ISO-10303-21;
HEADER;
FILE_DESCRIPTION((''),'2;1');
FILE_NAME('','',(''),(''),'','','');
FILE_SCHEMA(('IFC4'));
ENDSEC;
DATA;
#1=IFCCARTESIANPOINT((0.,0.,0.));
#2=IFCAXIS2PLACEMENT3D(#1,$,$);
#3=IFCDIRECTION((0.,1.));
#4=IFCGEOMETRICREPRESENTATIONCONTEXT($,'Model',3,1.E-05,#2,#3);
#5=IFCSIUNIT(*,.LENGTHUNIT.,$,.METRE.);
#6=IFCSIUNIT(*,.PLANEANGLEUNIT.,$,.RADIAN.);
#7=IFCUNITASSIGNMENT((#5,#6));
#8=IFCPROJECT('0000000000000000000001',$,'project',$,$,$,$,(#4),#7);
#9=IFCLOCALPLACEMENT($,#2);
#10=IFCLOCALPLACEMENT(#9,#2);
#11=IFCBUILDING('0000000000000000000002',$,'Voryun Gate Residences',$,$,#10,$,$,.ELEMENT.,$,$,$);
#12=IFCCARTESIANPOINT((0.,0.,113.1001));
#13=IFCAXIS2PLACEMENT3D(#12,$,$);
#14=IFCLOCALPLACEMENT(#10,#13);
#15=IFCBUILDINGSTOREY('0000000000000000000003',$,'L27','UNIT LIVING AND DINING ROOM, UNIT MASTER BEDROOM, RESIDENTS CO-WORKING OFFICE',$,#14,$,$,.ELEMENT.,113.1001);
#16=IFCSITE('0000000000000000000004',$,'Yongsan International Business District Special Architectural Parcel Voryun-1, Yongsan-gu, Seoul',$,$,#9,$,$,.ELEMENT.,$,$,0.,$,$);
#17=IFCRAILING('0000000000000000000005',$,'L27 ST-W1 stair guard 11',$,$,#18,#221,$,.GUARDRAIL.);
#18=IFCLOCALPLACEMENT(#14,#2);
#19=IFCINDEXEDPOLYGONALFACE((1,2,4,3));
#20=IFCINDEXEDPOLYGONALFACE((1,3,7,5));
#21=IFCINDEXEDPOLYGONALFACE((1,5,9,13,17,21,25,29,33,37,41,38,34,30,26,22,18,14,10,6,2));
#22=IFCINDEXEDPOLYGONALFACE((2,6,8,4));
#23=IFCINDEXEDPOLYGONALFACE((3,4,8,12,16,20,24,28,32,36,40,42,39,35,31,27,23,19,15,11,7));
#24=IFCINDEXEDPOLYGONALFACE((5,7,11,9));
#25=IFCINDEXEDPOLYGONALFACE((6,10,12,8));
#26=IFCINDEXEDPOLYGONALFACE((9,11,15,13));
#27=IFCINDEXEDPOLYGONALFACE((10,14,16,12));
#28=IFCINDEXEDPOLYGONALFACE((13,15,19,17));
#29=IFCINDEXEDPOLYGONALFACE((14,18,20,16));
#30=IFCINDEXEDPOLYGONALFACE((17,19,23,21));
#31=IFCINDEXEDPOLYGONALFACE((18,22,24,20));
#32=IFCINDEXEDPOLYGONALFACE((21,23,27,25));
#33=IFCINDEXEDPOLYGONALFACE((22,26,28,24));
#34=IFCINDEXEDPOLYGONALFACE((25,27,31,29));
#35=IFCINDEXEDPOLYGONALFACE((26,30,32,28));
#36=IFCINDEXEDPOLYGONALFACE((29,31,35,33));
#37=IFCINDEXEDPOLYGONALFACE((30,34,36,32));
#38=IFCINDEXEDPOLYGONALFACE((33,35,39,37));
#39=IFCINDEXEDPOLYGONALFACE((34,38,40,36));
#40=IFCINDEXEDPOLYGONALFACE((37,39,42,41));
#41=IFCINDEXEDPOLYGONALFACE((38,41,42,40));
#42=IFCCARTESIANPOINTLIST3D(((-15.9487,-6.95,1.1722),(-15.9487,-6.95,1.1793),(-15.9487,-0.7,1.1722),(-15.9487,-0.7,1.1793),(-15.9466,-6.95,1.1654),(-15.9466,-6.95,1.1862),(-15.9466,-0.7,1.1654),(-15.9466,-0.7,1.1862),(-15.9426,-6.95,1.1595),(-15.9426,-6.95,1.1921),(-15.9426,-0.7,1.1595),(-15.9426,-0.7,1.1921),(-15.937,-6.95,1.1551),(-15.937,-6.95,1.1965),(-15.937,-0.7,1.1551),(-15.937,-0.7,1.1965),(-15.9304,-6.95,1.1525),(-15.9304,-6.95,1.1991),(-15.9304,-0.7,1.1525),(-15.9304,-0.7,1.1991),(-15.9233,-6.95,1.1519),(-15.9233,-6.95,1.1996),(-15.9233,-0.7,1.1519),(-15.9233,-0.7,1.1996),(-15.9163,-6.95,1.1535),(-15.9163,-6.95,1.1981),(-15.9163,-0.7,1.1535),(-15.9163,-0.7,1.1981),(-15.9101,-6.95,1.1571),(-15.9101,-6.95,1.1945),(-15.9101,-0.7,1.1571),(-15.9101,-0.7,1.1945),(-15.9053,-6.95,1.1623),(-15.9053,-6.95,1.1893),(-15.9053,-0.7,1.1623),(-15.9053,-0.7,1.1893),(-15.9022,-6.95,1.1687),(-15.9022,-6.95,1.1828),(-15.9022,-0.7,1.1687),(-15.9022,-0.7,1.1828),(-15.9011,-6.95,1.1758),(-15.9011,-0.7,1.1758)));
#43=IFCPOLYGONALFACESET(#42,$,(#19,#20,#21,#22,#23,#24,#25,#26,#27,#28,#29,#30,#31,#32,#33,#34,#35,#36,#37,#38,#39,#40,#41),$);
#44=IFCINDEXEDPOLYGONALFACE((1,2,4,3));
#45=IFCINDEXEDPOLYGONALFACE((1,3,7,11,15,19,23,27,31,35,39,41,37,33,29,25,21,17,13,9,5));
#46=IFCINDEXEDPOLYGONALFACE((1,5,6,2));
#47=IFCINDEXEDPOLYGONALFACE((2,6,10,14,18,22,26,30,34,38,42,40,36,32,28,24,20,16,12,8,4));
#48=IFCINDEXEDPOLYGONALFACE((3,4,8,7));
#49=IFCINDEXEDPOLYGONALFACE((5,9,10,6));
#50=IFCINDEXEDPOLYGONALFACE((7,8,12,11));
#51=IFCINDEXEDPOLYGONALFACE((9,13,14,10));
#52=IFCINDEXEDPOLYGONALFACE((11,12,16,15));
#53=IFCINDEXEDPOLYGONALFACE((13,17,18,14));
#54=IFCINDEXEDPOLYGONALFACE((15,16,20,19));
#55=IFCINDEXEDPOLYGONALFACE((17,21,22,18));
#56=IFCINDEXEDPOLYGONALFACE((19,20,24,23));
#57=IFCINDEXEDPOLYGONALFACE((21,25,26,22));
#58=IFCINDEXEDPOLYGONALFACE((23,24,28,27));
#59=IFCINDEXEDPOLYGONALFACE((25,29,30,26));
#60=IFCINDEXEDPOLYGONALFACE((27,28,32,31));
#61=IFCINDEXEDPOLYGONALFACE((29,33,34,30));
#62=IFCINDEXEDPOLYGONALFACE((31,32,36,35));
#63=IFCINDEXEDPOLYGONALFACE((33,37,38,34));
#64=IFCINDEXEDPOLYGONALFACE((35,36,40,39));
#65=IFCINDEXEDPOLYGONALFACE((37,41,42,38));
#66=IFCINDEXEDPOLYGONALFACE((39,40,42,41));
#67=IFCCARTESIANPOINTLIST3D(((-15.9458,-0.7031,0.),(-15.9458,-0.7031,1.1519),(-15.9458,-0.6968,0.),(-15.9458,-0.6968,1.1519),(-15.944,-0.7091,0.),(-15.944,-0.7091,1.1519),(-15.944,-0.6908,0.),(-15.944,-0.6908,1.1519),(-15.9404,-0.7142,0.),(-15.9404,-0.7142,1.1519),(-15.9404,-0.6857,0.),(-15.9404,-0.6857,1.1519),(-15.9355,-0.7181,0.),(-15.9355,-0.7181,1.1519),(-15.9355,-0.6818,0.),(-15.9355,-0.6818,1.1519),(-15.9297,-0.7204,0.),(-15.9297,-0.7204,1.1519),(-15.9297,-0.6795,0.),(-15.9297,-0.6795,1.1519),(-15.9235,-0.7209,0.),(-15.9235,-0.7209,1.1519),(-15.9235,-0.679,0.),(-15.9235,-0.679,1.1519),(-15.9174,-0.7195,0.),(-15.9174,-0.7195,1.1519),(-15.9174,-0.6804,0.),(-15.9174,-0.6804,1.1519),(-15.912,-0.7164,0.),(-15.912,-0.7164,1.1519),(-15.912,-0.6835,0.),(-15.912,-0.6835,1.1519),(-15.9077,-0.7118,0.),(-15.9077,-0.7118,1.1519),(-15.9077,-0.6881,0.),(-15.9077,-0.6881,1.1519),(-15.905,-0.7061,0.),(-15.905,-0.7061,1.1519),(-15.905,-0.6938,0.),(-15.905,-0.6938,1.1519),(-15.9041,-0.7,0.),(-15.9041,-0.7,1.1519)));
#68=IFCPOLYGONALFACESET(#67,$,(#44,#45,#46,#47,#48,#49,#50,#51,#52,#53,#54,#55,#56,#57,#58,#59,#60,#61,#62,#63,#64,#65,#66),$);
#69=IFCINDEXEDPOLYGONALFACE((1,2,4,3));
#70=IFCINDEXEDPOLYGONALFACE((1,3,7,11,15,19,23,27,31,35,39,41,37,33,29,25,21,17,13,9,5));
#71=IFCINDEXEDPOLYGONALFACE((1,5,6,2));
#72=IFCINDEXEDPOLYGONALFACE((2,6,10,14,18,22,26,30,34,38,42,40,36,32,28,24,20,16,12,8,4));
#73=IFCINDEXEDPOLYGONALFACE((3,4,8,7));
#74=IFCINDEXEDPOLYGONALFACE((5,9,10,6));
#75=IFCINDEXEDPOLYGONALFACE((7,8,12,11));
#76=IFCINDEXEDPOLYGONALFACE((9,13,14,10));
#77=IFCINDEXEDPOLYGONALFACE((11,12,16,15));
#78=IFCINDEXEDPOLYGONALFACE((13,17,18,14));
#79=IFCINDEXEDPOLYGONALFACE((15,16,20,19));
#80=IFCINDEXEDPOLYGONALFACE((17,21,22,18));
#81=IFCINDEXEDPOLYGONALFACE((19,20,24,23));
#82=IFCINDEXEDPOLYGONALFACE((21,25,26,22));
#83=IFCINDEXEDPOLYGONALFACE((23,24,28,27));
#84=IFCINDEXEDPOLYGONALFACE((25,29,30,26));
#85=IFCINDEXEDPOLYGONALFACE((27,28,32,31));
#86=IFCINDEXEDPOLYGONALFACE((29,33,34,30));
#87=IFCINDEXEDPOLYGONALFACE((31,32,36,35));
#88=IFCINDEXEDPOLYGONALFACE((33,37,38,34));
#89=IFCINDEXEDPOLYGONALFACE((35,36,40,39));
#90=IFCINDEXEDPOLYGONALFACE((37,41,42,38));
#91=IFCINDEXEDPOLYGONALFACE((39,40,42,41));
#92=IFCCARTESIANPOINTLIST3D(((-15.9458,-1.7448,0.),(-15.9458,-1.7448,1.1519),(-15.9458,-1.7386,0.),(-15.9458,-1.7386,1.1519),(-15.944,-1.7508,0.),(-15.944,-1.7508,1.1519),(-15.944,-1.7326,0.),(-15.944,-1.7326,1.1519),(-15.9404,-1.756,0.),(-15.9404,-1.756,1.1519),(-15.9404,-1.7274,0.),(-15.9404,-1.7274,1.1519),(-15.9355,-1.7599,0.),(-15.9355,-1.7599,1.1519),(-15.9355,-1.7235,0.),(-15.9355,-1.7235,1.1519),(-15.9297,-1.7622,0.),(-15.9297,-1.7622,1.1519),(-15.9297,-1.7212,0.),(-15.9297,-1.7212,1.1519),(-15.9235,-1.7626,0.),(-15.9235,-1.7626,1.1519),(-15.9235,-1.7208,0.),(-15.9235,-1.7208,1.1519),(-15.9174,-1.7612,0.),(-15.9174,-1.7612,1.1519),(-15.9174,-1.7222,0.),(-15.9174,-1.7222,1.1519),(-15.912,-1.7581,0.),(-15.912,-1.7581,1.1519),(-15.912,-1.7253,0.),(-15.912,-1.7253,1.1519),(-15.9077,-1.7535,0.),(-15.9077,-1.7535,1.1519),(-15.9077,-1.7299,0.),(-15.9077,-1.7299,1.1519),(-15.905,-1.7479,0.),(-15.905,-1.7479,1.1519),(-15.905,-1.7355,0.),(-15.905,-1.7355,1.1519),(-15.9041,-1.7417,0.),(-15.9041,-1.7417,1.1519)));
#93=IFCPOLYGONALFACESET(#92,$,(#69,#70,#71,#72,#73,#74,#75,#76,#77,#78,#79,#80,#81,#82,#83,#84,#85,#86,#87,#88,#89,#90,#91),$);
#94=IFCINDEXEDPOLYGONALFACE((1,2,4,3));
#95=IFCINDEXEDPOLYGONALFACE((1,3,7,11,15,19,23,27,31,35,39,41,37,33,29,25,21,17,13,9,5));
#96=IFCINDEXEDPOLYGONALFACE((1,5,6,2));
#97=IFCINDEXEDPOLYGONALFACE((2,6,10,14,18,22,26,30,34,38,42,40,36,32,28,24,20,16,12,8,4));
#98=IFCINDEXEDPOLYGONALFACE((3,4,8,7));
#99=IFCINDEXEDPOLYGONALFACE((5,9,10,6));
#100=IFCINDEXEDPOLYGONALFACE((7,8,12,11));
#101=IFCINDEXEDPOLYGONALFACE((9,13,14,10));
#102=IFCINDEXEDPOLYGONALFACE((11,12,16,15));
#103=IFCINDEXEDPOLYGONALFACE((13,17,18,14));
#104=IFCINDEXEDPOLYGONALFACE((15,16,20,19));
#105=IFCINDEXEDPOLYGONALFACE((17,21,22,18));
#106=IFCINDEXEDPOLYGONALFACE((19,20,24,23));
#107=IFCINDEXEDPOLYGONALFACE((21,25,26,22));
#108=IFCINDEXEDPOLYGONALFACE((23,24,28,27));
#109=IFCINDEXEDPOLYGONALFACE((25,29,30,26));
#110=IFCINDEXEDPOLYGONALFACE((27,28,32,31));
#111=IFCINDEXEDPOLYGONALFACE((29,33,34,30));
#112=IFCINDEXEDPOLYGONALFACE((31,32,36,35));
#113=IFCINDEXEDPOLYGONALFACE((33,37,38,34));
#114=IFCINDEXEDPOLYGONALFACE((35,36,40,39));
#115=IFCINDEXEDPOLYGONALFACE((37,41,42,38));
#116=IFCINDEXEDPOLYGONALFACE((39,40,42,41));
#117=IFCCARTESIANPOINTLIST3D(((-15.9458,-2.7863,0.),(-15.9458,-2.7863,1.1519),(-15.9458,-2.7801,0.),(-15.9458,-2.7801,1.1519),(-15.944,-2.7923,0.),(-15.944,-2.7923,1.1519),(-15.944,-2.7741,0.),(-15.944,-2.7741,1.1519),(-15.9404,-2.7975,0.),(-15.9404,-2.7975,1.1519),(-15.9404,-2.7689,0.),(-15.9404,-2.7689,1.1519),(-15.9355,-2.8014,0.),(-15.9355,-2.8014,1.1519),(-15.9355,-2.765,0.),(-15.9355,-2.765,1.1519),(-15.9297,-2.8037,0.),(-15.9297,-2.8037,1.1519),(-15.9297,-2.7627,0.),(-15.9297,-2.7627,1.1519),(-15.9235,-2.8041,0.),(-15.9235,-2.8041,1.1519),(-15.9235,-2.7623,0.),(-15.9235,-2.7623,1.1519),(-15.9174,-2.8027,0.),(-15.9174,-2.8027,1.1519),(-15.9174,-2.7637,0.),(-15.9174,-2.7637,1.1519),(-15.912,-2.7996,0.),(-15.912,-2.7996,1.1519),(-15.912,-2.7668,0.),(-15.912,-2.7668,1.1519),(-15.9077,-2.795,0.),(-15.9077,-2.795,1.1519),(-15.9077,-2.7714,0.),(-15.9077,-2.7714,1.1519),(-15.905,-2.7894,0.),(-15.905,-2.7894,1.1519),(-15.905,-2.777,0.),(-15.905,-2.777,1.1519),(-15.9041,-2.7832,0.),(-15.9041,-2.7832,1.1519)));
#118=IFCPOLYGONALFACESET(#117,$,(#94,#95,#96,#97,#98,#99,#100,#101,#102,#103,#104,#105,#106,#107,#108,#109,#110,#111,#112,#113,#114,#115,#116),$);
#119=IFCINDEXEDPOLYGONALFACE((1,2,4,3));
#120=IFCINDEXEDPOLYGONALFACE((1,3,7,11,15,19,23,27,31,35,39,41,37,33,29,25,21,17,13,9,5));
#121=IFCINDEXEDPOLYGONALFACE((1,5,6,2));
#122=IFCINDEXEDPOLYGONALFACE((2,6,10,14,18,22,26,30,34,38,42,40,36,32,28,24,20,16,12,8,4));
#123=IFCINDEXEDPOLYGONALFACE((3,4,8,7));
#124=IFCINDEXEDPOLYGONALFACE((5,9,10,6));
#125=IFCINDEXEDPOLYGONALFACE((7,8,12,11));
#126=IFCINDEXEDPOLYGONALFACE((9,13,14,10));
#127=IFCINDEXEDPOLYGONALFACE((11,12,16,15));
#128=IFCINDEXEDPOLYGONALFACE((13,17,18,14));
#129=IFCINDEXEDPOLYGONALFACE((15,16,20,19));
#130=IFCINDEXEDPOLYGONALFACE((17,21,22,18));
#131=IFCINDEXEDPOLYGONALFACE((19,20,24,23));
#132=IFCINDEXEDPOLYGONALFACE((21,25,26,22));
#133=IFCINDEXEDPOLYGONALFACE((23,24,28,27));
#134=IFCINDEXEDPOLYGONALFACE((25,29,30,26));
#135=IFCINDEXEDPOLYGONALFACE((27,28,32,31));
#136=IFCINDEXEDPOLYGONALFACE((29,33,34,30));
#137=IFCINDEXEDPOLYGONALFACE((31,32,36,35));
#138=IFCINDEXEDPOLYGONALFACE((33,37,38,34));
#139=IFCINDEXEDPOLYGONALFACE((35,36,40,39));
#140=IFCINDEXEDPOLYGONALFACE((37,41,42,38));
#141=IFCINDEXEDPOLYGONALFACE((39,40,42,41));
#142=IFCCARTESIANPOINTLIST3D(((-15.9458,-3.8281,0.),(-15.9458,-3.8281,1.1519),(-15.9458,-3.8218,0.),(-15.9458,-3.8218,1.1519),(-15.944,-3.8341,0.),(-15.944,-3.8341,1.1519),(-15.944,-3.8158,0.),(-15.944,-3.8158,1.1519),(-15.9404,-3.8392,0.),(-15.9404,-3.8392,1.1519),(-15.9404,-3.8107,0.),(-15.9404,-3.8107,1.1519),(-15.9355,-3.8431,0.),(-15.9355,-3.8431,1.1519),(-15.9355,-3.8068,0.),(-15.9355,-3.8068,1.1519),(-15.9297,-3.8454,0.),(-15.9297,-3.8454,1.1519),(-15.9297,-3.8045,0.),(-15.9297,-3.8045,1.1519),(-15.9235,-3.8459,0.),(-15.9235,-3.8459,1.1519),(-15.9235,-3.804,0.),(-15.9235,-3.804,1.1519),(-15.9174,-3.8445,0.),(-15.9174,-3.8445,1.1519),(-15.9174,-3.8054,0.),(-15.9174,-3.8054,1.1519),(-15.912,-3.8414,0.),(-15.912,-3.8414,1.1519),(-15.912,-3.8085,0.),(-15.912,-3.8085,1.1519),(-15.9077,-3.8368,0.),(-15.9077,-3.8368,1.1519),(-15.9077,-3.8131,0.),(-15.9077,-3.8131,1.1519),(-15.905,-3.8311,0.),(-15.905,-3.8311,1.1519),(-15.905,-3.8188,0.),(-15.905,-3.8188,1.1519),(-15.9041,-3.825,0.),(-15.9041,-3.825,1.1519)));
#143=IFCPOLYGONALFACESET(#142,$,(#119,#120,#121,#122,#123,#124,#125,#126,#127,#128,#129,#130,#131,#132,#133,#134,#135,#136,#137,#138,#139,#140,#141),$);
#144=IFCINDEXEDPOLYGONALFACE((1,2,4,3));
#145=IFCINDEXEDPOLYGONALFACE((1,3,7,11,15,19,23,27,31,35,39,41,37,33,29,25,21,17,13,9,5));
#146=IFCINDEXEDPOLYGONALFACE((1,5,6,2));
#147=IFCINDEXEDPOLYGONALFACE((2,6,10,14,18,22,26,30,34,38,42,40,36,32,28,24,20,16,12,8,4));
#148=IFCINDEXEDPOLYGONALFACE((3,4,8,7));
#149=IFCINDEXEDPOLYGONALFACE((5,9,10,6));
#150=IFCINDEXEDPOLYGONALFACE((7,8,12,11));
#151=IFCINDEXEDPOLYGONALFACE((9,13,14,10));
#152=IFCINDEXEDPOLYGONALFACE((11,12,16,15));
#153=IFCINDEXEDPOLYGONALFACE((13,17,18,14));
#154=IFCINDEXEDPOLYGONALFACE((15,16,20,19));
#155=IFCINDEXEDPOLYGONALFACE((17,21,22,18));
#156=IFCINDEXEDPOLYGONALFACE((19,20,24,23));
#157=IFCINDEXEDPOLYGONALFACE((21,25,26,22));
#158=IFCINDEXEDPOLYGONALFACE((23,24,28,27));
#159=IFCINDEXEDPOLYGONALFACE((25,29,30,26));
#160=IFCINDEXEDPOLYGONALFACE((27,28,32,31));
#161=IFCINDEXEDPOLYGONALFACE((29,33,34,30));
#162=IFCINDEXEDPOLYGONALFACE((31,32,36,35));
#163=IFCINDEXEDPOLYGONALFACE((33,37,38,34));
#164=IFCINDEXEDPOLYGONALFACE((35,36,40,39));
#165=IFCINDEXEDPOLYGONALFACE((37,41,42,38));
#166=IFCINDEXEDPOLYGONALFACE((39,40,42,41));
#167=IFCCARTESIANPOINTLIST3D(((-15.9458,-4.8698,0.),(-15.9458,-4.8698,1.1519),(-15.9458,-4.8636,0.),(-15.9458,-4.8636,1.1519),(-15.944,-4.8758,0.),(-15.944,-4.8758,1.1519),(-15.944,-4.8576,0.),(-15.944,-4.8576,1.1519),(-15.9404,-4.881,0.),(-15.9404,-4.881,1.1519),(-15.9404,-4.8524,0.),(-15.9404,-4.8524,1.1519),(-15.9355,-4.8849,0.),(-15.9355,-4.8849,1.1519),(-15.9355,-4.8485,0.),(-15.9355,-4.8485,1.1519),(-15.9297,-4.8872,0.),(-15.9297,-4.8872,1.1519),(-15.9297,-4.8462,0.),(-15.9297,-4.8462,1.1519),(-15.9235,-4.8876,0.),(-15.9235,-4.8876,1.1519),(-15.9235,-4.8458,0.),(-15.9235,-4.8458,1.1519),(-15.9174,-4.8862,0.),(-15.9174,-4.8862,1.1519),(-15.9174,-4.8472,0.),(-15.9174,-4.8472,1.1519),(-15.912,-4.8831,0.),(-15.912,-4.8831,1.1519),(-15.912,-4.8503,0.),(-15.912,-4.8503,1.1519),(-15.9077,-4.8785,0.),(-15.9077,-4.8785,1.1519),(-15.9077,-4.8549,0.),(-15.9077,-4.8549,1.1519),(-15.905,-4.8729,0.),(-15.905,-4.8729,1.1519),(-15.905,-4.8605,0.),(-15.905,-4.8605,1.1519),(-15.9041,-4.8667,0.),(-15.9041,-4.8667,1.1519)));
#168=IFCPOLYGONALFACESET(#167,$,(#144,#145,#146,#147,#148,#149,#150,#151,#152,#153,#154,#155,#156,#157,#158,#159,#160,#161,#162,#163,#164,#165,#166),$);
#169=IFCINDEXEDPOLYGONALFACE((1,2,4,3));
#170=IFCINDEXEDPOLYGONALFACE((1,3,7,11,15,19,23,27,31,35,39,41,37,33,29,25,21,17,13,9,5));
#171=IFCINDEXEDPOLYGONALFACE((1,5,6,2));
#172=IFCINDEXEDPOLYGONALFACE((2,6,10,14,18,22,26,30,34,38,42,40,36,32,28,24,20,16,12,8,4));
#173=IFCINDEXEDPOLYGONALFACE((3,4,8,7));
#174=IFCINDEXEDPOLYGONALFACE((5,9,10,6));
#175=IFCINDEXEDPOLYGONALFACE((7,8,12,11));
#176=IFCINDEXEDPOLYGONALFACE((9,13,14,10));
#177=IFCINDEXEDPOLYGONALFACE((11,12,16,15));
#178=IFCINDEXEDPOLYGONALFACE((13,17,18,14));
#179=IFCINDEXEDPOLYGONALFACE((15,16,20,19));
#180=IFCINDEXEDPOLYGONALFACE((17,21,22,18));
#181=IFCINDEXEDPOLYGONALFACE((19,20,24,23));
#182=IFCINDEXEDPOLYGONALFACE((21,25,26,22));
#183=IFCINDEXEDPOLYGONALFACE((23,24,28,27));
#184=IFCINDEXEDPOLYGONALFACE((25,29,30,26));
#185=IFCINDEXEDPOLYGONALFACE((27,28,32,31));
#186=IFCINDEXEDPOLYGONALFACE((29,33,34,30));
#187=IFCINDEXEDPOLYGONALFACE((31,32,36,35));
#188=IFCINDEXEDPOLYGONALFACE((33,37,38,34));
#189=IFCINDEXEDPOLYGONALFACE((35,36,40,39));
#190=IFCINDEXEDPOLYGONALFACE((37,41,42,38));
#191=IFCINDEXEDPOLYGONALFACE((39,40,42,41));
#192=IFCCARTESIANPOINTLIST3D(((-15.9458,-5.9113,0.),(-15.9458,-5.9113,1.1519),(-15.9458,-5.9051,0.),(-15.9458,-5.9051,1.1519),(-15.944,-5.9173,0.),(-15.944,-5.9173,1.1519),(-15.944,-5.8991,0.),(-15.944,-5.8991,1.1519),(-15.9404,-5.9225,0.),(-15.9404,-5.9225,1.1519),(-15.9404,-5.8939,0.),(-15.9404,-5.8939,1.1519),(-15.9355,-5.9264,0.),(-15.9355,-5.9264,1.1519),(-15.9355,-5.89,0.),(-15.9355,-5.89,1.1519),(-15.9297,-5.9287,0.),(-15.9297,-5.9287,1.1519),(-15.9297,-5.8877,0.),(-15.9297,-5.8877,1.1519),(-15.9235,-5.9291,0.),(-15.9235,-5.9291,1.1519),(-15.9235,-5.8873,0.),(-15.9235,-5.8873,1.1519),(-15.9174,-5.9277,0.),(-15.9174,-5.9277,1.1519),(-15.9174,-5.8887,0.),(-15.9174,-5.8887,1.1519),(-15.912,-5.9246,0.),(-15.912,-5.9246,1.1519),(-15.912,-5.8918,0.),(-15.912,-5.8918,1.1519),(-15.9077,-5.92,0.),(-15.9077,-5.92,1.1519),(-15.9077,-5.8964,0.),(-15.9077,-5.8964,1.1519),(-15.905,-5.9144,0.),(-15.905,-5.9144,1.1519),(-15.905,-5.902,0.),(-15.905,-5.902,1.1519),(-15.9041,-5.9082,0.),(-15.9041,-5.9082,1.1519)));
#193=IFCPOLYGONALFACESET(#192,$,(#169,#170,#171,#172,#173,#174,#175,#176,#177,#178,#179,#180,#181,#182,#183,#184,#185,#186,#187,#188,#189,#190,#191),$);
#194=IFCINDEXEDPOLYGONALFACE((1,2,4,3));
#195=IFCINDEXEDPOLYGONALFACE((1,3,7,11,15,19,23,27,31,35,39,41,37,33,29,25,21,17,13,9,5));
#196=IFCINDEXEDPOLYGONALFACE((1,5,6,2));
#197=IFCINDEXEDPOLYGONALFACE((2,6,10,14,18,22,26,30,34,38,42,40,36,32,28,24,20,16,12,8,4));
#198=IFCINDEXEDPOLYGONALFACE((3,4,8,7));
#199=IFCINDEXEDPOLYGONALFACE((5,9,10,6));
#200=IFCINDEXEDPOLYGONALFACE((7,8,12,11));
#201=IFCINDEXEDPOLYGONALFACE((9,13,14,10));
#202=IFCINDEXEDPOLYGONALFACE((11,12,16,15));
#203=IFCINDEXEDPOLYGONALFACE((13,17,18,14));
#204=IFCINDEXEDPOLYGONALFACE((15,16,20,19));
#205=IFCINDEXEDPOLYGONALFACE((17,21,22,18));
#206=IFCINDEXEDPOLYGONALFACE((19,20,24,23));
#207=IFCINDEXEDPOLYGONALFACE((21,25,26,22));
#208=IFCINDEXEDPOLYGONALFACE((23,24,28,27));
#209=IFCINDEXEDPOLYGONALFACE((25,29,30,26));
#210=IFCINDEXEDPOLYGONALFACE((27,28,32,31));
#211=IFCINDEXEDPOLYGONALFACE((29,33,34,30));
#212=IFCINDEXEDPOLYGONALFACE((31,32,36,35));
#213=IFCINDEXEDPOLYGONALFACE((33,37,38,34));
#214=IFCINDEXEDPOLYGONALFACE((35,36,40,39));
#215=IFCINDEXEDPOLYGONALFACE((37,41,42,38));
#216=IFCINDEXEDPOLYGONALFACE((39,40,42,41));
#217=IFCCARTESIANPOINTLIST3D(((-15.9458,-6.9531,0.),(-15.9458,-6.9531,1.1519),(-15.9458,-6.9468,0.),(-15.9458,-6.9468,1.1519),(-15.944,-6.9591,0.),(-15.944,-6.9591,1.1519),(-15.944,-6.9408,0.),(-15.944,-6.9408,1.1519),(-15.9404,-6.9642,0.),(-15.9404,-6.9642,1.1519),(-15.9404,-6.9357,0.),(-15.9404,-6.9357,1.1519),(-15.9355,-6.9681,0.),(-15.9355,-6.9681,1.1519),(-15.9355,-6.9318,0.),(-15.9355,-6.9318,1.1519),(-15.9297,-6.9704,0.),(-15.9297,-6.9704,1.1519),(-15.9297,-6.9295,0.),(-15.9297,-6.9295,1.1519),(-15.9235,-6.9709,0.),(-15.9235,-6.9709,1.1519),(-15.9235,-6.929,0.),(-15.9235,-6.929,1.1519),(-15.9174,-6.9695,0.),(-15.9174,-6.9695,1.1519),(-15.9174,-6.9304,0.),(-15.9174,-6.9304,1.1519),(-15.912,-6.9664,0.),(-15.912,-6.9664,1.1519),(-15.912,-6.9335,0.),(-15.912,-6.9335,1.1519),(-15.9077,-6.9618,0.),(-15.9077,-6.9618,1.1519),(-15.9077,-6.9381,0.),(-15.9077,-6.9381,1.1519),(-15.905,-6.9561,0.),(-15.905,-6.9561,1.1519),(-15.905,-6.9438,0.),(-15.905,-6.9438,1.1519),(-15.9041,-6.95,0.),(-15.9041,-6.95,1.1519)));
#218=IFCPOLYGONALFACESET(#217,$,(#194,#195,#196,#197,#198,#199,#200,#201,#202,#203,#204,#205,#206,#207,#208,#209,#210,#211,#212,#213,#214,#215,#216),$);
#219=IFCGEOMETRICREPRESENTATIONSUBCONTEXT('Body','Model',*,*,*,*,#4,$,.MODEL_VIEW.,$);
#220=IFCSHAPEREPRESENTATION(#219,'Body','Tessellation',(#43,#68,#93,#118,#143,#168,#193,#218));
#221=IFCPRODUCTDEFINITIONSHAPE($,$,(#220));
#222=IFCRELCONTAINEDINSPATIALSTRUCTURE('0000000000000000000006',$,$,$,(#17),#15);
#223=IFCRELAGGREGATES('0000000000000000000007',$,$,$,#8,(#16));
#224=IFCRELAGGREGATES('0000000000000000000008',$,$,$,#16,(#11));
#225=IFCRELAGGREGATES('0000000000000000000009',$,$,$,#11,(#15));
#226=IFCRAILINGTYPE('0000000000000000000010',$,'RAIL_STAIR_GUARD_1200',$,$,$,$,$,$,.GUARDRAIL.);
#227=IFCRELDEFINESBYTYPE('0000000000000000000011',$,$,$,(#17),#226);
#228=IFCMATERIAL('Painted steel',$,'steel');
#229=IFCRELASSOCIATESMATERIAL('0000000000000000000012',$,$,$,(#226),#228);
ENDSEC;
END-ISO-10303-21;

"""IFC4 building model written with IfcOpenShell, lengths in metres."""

from ifc_helpers import new_model, si_unit, direction, frame, origin, origin_2d, place, context, subcontext, project, spatial, circle, extrude, material, type_object, element, save


model = new_model("IFC4")

# Units and contexts
model_context = context("Model", 3, precision=1e-05, world=origin(), true_north=direction((0.0, 1.0)))
body_context = subcontext(model_context, "Body", "Model", "MODEL_VIEW")
ifc_project = project(units=[si_unit("LENGTHUNIT", "METRE"), si_unit("PLANEANGLEUNIT", "RADIAN")], contexts=[model_context])

# Site, building, storey
site_placement = place(None, origin())
site = spatial("IfcSite", under=ifc_project, at=site_placement, Name="Yongsan International Business District Special Architectural Parcel Voryun-1, Yongsan-gu, Seoul", CompositionType="ELEMENT", RefElevation=0.0)
building_placement = place(site_placement, origin())
building = spatial("IfcBuilding", under=site, at=building_placement, Name="Voryun Gate Residences", CompositionType="ELEMENT")
storey_placement = place(building_placement, frame((0.0, 0.0, 113.1001)))
storey = spatial("IfcBuildingStorey", under=building, at=storey_placement, Name="L27", Description="UNIT LIVING AND DINING ROOM, UNIT MASTER BEDROOM, RESIDENTS CO-WORKING OFFICE", CompositionType="ELEMENT", Elevation=113.1001)

# Railing
ifc_material_1 = material(Name="Painted steel", Category="steel")
railing_type = type_object("IfcRailingType", Name="RAIL_STAIR_GUARD_1200", PredefinedType="GUARDRAIL", material=ifc_material_1)
railing_1_placement = place(storey_placement, frame((-15.925, -0.7, 0.0)))
element("IfcRailing", 1, at=railing_1_placement, inside=storey, type_object=railing_type, Name="L27 ST-W1 stair guard 11", PredefinedType="GUARDRAIL", context=body_context, shape_type="SweptSolid", body=[
    extrude(circle(Radius=0.0239, at=origin_2d()), frame((0.0, 0.0, 1.1758), z_axis=(0.0, -1.0, 0.0), x_axis=(1.0, 0.0, 0.0)), (0.0, 0.0, 1.0), 6.25),
    extrude(circle(Radius=0.021, at=origin_2d()), origin(), (0.0, 0.0, 1.0), 1.1519),
    extrude(circle(Radius=0.021, at=origin_2d()), frame((0.0, -1.0417, 0.0)), (0.0, 0.0, 1.0), 1.1519),
    extrude(circle(Radius=0.021, at=origin_2d()), frame((0.0, -2.0833, 0.0)), (0.0, 0.0, 1.0), 1.1519),
    extrude(circle(Radius=0.021, at=origin_2d()), frame((0.0, -3.125, 0.0)), (0.0, 0.0, 1.0), 1.1519),
    extrude(circle(Radius=0.021, at=origin_2d()), frame((0.0, -4.1667, 0.0)), (0.0, 0.0, 1.0), 1.1519),
    extrude(circle(Radius=0.021, at=origin_2d()), frame((0.0, -5.2083, 0.0)), (0.0, 0.0, 1.0), 1.1519),
    extrude(circle(Radius=0.021, at=origin_2d()), frame((0.0, -6.25, 0.0)), (0.0, 0.0, 1.0), 1.1519),
])

save(model, "model.ifc")
